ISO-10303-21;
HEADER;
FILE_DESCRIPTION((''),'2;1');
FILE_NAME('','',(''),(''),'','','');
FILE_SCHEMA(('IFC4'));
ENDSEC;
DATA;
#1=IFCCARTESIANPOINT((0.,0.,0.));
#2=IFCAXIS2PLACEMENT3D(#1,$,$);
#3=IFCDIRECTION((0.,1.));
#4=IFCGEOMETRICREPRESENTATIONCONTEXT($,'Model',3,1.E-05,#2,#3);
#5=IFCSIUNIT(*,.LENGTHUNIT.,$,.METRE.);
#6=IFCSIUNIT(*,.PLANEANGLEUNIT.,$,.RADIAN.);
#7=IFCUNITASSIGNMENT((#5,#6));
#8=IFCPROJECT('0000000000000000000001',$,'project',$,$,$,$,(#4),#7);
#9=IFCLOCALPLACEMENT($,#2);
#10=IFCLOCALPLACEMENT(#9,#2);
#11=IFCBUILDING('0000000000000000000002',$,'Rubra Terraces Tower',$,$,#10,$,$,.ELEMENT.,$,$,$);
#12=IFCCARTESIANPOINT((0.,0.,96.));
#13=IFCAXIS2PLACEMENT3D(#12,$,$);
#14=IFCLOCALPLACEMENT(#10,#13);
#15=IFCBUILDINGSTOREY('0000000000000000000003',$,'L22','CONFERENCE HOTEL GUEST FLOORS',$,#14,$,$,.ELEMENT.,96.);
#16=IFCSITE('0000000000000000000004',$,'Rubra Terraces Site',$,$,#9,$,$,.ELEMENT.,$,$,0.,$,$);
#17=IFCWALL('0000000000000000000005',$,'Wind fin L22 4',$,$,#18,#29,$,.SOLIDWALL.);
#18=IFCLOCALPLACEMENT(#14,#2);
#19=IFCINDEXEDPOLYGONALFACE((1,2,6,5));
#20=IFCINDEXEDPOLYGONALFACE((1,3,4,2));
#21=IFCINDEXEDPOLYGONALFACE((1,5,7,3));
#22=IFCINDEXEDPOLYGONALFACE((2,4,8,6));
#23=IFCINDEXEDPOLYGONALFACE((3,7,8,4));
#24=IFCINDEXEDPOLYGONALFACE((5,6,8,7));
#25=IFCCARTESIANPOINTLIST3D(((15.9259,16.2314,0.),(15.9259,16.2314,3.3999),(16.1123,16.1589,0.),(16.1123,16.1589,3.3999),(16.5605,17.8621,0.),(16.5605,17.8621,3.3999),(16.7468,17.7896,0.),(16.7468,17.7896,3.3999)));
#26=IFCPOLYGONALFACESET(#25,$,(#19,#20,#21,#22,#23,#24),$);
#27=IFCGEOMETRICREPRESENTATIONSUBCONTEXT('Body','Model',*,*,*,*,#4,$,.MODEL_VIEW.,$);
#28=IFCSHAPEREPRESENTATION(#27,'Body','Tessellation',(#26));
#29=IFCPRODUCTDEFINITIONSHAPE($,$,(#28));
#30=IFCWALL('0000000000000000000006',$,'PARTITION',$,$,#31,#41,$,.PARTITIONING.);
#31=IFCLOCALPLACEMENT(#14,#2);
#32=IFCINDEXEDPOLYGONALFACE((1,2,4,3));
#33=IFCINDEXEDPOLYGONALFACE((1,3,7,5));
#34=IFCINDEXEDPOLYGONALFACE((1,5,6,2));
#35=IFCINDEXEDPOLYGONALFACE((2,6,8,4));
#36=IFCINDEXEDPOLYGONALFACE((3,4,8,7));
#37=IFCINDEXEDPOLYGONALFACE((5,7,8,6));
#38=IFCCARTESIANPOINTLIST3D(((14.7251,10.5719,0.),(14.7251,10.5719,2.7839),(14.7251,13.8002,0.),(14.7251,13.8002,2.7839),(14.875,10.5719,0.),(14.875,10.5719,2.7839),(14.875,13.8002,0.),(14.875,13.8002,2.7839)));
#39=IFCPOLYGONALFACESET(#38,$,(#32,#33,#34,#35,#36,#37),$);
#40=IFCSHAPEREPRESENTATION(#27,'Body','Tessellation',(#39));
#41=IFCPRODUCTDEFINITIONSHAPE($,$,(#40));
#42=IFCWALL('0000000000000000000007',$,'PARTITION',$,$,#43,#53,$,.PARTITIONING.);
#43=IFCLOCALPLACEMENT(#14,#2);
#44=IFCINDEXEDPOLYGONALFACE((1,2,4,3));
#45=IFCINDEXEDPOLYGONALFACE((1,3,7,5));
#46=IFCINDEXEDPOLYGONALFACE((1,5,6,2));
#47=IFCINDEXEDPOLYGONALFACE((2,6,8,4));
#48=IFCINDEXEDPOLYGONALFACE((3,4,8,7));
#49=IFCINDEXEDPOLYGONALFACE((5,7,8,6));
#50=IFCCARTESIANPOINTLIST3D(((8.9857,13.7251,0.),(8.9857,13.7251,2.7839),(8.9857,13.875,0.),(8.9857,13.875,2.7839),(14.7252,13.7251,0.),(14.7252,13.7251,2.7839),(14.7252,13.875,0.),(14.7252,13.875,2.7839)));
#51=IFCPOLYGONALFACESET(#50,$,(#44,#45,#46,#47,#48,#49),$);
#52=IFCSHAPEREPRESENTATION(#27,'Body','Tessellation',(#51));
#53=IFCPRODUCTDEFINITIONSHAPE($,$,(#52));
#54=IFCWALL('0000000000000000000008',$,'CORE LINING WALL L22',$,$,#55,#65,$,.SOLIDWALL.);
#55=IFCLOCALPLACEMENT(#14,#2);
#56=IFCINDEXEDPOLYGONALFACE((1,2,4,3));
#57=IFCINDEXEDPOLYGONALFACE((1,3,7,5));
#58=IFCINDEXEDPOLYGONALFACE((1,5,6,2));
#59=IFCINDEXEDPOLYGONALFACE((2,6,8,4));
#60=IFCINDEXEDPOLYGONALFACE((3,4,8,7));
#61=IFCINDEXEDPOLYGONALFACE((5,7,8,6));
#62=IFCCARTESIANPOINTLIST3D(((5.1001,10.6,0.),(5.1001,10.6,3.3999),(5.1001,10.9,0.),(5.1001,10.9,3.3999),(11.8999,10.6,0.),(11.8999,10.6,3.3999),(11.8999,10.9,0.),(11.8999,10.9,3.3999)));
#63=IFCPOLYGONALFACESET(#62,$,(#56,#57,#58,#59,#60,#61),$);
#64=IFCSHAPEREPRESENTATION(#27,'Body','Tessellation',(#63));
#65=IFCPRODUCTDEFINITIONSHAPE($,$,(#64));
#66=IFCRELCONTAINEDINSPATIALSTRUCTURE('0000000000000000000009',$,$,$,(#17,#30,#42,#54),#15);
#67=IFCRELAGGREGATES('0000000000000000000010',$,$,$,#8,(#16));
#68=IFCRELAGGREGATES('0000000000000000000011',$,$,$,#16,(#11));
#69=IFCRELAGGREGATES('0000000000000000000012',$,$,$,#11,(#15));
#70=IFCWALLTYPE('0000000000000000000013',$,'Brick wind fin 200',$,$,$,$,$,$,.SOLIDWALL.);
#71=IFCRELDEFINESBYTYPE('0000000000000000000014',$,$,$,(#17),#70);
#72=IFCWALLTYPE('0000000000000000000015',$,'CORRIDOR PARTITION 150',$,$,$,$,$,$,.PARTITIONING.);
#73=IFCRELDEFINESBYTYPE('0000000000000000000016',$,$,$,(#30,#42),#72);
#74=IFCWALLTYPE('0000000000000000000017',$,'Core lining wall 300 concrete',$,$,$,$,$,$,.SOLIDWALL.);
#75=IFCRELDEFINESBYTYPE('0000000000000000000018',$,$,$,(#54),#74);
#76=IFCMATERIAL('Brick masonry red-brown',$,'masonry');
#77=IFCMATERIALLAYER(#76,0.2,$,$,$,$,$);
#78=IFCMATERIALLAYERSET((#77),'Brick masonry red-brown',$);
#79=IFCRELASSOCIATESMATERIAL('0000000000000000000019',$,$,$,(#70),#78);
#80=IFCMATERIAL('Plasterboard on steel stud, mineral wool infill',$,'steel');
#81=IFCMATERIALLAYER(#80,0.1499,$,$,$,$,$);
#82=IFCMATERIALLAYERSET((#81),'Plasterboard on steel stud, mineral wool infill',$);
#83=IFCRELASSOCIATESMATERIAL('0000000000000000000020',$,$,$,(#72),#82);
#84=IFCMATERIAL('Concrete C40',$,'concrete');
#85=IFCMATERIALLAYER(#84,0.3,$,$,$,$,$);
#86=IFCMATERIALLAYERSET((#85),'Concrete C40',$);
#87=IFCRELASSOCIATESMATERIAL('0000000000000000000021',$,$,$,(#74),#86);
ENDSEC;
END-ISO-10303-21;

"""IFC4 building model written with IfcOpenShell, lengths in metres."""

from ifc_helpers import new_model, si_unit, direction, frame, frame_2d, origin, place, context, subcontext, project, spatial, rectangle, extrude, material, layer, layer_set, type_object, element, save


model = new_model("IFC4")

# Units and contexts
model_context = context("Model", 3, precision=1e-05, world=origin(), true_north=direction((0.0, 1.0)))
body_context = subcontext(model_context, "Body", "Model", "MODEL_VIEW")
ifc_project = project(units=[si_unit("LENGTHUNIT", "METRE"), si_unit("PLANEANGLEUNIT", "RADIAN")], contexts=[model_context])

# Site, building, storey
site_placement = place(None, origin())
site = spatial("IfcSite", under=ifc_project, at=site_placement, Name="Rubra Terraces Site", CompositionType="ELEMENT", RefElevation=0.0)
building_placement = place(site_placement, origin())
building = spatial("IfcBuilding", under=site, at=building_placement, Name="Rubra Terraces Tower", CompositionType="ELEMENT")
storey_placement = place(building_placement, frame((0.0, 0.0, 96.0)))
storey = spatial("IfcBuildingStorey", under=building, at=storey_placement, Name="L22", Description="CONFERENCE HOTEL GUEST FLOORS", CompositionType="ELEMENT", Elevation=96.0)

# Shared definitions
ifc_material_1 = material(Name="Brick masonry red-brown", Category="masonry")

# Wall
ifc_layer_1 = layer(ifc_material_1, 0.2)
ifc_layer_set_1 = layer_set([ifc_layer_1], Name="Brick masonry red-brown")
wall_type_1 = type_object("IfcWallType", Name="Brick wind fin 200", PredefinedType="SOLIDWALL", material=ifc_layer_set_1)
wall_1_placement = place(storey_placement, frame((16.019, 16.1951, 0.0), z_axis=(0.0, 0.0, 1.0), x_axis=(0.362642, 0.931929, 0.0)))
element("IfcWall", 1, at=wall_1_placement, inside=storey, type_object=wall_type_1, Name="Wind fin L22 4", PredefinedType="SOLIDWALL", context=body_context, shape_type="SweptSolid", body=[
    extrude(rectangle(XDim=1.7498, YDim=0.2, at=frame_2d((0.875, 0.0))), origin(), (0.0, 0.0, 1.0), 3.3999),
])

# Shared definitions
ifc_material_2 = material(Name="Plasterboard on steel stud, mineral wool infill", Category="steel")
ifc_layer_2 = layer(ifc_material_2, 0.1499)
ifc_layer_set_2 = layer_set([ifc_layer_2], Name="Plasterboard on steel stud, mineral wool infill")
wall_type_2 = type_object("IfcWallType", Name="CORRIDOR PARTITION 150", PredefinedType="PARTITIONING", material=ifc_layer_set_2)

# Walls
wall_2_placement = place(storey_placement, frame((14.8, 10.5718, 0.0), z_axis=(0.0, 0.0, 1.0), x_axis=(0.0, 1.0, 0.0)))
element("IfcWall", 2, at=wall_2_placement, inside=storey, type_object=wall_type_2, Name="PARTITION", PredefinedType="PARTITIONING", context=body_context, shape_type="SweptSolid", body=[
    extrude(rectangle(XDim=3.2283, YDim=0.1499, at=frame_2d((1.6143, 0.0))), origin(), (0.0, 0.0, 1.0), 2.7839),
])
wall_3_placement = place(storey_placement, frame((14.7251, 13.8, 0.0), z_axis=(0.0, 0.0, 1.0), x_axis=(-1.0, 0.0, 0.0)))
element("IfcWall", 3, at=wall_3_placement, inside=storey, type_object=wall_type_2, Name="PARTITION", PredefinedType="PARTITIONING", context=body_context, shape_type="SweptSolid", body=[
    extrude(rectangle(XDim=5.7395, YDim=0.1499, at=frame_2d((2.8696, 0.0))), origin(), (0.0, 0.0, 1.0), 2.7839),
])
ifc_material_3 = material(Name="Concrete C40", Category="concrete")
ifc_layer_3 = layer(ifc_material_3, 0.3)
ifc_layer_set_3 = layer_set([ifc_layer_3], Name="Concrete C40")
wall_type_3 = type_object("IfcWallType", Name="Core lining wall 300 concrete", PredefinedType="SOLIDWALL", material=ifc_layer_set_3)
wall_4_placement = place(storey_placement, frame((11.8999, 10.75, 0.0), z_axis=(0.0, 0.0, 1.0), x_axis=(-1.0, 0.0, 0.0)))
element("IfcWall", 4, at=wall_4_placement, inside=storey, type_object=wall_type_3, Name="CORE LINING WALL L22", PredefinedType="SOLIDWALL", context=body_context, shape_type="SweptSolid", body=[
    extrude(rectangle(XDim=6.7998, YDim=0.3, at=frame_2d((3.3999, 0.0))), origin(), (0.0, 0.0, 1.0), 3.3999),
])

save(model, "model.ifc")
